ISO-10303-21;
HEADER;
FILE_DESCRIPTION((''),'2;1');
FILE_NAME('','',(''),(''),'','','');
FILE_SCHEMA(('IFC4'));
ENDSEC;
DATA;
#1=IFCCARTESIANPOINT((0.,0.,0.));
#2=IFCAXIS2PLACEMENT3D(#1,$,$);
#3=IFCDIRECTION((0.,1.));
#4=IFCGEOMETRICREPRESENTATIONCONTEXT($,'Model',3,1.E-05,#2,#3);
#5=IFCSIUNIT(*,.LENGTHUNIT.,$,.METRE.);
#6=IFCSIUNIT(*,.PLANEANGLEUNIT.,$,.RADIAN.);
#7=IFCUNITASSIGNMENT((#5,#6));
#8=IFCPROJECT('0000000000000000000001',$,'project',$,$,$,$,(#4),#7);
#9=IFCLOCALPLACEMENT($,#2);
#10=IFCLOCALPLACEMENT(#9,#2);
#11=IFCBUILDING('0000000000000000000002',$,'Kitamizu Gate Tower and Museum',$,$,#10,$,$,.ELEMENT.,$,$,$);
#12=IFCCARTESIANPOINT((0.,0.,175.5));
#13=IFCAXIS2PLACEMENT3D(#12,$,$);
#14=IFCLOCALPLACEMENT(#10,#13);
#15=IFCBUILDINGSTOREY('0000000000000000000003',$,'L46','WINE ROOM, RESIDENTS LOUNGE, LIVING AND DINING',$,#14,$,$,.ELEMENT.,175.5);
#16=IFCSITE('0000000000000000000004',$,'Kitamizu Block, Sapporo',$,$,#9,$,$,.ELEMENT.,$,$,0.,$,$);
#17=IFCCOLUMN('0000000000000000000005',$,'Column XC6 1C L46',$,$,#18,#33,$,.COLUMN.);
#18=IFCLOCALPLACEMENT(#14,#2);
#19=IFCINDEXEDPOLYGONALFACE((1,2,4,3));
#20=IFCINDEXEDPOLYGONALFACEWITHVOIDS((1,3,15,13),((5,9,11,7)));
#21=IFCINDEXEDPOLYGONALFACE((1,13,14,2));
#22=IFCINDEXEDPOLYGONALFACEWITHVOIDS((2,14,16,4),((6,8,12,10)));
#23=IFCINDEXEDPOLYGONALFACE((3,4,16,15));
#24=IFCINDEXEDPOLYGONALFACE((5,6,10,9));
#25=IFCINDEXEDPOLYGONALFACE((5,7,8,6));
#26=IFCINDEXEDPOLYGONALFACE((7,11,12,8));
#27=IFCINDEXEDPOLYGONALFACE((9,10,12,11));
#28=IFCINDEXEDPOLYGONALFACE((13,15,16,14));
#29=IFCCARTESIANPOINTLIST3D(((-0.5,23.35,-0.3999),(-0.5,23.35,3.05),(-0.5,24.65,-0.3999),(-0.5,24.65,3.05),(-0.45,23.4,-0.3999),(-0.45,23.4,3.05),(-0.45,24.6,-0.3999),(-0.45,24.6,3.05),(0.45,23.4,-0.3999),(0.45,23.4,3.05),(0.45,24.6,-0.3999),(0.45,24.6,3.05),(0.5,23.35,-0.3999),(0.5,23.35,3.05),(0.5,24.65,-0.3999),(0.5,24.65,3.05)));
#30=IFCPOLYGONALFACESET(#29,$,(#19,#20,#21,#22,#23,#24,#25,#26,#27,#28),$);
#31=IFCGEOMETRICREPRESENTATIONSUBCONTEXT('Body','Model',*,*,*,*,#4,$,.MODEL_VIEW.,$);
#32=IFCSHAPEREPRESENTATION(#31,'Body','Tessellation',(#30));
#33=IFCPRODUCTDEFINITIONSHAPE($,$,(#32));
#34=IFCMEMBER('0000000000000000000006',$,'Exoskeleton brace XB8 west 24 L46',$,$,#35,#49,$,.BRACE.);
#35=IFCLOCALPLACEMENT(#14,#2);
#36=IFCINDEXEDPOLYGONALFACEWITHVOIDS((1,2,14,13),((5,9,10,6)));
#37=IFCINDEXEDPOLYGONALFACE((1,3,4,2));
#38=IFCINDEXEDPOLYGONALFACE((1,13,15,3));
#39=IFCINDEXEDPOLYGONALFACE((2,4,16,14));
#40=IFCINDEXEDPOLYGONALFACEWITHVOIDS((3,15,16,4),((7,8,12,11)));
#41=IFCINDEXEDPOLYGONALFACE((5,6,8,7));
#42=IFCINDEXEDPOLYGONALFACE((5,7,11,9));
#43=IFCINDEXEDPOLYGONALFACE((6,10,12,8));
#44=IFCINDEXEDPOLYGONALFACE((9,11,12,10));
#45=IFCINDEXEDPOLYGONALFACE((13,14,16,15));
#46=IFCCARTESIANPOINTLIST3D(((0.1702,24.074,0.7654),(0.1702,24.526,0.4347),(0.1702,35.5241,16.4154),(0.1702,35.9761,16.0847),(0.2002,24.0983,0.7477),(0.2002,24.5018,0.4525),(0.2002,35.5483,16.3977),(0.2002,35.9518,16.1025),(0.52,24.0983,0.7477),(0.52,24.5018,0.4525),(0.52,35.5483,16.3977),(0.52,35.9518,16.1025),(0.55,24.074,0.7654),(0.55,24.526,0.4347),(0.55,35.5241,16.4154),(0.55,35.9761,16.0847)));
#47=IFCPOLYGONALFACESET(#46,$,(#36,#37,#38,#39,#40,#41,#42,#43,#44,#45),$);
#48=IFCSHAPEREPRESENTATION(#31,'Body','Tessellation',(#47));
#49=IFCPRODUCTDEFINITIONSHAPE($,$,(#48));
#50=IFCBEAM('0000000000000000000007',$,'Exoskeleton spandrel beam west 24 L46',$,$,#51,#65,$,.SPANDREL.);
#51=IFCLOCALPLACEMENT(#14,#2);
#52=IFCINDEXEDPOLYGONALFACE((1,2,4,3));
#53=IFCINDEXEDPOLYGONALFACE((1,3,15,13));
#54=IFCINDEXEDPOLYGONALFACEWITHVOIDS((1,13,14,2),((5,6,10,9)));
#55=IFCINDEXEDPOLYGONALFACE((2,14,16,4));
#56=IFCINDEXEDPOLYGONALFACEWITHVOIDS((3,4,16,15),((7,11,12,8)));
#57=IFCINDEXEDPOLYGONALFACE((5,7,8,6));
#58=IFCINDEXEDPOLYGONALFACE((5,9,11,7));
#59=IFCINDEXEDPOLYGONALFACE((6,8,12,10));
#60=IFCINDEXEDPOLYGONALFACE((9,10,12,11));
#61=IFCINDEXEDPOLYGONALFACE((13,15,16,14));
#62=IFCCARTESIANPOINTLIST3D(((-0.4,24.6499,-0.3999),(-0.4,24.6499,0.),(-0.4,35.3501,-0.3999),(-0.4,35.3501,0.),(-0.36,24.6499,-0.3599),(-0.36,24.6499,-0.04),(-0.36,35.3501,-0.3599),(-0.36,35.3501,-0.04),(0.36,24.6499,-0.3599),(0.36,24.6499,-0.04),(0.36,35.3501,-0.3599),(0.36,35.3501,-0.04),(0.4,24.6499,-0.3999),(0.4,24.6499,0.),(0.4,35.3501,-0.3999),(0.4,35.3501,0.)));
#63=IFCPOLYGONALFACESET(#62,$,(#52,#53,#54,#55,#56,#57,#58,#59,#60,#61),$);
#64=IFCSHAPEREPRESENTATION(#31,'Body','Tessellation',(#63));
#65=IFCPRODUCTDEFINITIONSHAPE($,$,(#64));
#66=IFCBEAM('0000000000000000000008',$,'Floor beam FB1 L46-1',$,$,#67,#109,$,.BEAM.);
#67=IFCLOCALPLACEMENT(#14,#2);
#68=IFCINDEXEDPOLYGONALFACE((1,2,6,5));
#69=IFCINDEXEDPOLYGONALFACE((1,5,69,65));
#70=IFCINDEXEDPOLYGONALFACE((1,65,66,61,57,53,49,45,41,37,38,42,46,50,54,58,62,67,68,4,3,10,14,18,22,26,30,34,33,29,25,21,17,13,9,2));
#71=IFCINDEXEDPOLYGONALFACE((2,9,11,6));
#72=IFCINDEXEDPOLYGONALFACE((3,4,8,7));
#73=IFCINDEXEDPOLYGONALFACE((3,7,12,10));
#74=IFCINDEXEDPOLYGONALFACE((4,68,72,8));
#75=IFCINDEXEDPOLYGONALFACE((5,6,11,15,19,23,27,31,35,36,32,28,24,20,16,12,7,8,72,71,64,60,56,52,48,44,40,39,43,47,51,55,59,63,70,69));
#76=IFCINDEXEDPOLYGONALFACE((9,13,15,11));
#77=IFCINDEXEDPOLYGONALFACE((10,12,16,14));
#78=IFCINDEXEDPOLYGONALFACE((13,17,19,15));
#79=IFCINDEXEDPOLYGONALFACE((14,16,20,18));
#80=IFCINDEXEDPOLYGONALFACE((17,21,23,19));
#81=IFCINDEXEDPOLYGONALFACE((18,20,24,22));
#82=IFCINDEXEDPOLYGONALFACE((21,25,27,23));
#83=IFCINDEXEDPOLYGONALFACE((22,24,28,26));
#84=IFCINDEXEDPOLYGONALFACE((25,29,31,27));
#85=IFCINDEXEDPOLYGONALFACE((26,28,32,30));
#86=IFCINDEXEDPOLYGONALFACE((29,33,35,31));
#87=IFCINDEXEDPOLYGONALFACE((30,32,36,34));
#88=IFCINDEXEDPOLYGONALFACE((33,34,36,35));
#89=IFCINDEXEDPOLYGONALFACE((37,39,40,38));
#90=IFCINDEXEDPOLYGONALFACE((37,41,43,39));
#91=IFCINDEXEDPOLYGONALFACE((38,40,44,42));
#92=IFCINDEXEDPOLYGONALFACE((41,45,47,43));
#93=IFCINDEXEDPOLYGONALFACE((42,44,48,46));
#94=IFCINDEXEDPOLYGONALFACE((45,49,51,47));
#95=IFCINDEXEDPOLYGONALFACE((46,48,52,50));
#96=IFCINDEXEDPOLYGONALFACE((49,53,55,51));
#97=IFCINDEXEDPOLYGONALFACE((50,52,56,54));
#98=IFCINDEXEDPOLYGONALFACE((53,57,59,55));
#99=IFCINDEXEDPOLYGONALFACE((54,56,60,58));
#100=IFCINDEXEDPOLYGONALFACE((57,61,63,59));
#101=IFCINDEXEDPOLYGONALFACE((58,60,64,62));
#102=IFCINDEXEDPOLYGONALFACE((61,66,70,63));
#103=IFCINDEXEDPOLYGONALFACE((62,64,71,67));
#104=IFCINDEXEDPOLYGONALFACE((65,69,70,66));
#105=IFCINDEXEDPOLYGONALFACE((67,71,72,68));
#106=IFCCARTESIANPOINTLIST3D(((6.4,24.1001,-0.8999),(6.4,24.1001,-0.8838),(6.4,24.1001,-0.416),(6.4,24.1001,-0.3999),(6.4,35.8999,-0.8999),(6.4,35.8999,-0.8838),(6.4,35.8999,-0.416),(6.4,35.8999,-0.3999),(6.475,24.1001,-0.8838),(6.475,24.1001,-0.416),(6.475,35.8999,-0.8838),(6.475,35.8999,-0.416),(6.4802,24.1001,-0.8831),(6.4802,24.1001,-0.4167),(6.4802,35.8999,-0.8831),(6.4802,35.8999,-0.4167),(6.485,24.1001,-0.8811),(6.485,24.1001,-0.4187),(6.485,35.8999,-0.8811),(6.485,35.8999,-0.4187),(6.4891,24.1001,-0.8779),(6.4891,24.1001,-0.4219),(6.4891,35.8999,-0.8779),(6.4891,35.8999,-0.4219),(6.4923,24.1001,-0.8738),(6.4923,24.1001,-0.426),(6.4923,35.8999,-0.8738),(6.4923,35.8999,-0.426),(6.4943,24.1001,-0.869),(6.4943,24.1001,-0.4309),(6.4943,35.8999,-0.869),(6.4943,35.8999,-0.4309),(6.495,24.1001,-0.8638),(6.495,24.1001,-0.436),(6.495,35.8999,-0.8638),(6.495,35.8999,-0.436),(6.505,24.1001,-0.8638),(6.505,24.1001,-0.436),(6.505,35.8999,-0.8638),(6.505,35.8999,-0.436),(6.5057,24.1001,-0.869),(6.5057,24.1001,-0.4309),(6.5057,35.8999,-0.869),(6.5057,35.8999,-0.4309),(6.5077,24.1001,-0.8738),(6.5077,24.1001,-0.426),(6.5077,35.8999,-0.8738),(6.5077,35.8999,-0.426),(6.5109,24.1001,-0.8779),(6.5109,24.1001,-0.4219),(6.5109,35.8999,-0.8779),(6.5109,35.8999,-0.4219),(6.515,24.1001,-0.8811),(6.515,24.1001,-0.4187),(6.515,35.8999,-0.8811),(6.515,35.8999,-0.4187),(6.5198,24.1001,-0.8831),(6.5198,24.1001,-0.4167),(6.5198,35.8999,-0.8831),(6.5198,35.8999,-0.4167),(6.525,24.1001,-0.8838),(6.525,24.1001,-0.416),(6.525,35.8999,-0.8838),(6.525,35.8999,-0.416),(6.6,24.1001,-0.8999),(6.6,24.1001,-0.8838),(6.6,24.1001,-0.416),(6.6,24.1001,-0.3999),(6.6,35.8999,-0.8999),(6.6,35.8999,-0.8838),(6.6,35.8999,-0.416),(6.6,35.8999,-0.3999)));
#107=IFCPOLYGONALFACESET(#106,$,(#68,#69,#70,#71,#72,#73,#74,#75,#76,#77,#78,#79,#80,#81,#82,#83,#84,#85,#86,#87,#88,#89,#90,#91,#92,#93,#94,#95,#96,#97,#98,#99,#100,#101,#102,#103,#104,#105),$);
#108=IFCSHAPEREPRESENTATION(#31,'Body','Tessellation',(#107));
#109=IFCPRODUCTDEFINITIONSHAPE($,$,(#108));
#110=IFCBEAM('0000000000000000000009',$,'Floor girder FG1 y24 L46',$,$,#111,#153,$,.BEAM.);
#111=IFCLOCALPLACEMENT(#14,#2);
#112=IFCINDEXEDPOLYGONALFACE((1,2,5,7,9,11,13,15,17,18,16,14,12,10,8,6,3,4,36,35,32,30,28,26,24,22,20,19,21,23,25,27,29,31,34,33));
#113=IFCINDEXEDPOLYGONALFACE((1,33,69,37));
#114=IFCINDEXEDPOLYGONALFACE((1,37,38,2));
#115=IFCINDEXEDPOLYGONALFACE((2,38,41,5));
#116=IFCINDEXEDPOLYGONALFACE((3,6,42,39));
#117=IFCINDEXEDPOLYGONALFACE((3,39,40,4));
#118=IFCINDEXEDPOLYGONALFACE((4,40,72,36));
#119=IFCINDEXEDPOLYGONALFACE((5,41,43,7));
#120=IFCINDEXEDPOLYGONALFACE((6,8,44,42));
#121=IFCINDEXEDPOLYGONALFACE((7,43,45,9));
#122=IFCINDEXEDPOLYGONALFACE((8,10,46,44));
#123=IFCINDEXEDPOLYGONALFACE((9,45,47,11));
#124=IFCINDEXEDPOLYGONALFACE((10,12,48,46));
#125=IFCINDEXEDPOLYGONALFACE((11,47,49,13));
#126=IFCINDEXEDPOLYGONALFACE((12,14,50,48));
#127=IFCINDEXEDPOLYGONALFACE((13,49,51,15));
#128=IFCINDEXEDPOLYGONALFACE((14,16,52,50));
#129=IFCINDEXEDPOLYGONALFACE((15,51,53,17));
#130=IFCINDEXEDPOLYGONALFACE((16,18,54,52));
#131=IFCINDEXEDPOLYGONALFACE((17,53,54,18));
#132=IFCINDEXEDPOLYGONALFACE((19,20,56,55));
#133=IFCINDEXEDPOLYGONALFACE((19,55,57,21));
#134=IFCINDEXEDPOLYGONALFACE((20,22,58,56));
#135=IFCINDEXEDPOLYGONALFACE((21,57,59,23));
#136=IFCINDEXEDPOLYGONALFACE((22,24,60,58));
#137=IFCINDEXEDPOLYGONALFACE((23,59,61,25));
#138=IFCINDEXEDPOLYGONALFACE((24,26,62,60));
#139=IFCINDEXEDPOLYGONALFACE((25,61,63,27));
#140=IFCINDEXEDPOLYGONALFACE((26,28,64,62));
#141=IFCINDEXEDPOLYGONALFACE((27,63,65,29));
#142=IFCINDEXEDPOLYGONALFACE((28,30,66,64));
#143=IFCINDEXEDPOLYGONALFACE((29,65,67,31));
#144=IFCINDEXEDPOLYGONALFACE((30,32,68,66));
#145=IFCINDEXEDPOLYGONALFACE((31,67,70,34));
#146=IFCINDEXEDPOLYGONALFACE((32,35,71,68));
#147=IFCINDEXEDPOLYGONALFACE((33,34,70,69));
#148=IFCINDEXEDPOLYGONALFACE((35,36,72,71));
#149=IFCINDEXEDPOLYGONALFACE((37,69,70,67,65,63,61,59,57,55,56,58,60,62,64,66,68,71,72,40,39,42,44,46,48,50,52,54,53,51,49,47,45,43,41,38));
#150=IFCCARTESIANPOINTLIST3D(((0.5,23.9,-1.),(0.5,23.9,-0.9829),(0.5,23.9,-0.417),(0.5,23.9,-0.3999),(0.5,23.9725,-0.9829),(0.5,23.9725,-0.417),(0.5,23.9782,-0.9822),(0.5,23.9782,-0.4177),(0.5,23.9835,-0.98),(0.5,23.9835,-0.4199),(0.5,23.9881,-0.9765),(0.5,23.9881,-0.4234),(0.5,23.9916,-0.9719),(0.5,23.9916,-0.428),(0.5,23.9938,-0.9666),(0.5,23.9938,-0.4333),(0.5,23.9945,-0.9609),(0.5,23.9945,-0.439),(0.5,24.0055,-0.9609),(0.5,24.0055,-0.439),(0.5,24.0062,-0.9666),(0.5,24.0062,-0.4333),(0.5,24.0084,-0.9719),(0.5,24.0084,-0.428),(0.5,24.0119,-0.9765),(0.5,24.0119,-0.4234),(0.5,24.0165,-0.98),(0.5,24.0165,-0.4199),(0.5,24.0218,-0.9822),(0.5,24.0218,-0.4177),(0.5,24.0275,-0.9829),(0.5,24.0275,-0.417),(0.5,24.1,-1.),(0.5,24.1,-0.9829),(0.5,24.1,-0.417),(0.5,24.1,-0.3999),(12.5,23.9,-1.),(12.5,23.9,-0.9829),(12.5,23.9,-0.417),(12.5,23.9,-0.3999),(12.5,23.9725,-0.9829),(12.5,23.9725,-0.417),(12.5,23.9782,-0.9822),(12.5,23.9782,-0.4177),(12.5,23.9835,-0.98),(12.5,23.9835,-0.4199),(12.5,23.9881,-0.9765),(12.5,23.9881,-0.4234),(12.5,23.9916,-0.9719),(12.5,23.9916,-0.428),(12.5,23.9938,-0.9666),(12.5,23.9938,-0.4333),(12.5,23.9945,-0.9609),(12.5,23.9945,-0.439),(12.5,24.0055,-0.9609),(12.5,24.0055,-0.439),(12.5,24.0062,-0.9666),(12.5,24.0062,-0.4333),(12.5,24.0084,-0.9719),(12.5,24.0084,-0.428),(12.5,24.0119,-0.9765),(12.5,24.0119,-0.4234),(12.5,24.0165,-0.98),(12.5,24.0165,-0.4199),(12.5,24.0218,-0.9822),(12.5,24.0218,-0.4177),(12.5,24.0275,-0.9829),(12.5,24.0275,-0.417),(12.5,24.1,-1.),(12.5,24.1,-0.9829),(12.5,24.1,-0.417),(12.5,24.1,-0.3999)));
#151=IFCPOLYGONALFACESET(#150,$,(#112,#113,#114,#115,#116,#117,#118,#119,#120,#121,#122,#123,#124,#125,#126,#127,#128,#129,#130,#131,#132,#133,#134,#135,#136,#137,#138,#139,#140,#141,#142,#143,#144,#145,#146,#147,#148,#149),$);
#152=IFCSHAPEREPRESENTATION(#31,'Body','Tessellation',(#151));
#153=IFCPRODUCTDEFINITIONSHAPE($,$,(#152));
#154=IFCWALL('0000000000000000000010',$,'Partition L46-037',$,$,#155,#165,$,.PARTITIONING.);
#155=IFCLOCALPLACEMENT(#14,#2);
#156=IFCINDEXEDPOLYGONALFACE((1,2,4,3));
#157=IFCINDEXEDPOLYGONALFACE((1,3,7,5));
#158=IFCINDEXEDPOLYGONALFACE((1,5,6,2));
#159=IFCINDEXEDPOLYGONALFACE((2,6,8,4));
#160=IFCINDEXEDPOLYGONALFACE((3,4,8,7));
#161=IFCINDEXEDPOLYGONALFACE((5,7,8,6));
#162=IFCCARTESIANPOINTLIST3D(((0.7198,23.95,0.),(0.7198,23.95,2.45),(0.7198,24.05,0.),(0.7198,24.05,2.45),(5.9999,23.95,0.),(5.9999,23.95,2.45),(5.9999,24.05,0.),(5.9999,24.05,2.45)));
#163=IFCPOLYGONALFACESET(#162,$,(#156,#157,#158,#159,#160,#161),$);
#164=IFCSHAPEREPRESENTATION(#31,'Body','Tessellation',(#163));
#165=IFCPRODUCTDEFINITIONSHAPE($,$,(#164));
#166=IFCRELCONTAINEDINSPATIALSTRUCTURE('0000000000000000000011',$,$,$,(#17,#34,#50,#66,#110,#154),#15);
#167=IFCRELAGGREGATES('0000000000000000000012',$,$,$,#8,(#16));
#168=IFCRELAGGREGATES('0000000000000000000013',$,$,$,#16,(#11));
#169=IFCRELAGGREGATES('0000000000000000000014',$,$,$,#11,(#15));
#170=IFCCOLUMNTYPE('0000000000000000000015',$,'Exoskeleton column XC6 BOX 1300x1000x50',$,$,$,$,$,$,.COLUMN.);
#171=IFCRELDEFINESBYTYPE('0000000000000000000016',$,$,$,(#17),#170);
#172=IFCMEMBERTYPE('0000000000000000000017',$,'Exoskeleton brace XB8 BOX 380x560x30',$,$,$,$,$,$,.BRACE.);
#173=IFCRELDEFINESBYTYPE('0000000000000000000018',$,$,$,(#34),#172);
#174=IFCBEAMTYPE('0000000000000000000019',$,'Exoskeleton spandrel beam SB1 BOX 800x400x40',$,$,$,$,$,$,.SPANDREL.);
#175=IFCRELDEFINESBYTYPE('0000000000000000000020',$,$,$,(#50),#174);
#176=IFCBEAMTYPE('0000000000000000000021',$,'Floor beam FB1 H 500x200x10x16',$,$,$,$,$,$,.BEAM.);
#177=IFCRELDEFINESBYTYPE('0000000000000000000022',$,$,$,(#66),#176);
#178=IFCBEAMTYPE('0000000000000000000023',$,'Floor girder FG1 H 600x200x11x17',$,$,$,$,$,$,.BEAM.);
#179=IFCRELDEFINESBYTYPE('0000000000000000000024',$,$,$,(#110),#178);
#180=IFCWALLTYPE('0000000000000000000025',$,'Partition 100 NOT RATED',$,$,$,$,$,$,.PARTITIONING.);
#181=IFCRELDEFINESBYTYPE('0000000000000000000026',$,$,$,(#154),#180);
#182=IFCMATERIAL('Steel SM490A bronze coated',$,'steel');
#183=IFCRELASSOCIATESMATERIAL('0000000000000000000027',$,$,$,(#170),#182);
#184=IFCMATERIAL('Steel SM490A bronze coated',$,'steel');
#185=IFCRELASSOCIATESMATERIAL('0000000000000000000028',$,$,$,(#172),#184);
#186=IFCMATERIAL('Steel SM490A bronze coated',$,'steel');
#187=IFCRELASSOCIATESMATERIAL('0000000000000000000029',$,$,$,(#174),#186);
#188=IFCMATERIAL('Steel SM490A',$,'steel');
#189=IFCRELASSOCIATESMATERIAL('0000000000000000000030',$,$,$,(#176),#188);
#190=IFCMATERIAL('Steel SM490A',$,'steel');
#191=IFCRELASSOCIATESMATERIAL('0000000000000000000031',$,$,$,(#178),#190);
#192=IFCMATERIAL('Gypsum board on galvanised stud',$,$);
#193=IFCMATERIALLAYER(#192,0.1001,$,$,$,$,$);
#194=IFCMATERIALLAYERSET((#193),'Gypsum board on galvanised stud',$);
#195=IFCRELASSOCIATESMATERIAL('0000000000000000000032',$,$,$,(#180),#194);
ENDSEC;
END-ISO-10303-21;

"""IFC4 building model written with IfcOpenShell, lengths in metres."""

from ifc_helpers import new_model, si_unit, direction, frame, frame_2d, origin, origin_2d, place, context, subcontext, project, spatial, rectangle, hollow_rectangle, i_section, extrude, material, layer, layer_set, material_profile, profile_set, type_object, element, save


model = new_model("IFC4")

# Units and contexts
model_context = context("Model", 3, precision=1e-05, world=origin(), true_north=direction((0.0, 1.0)))
body_context = subcontext(model_context, "Body", "Model", "MODEL_VIEW")
ifc_project = project(units=[si_unit("LENGTHUNIT", "METRE"), si_unit("PLANEANGLEUNIT", "RADIAN")], contexts=[model_context])

# Site, building, storey
site_placement = place(None, origin())
site = spatial("IfcSite", under=ifc_project, at=site_placement, Name="Kitamizu Block, Sapporo", CompositionType="ELEMENT", RefElevation=0.0)
building_placement = place(site_placement, origin())
building = spatial("IfcBuilding", under=site, at=building_placement, Name="Kitamizu Gate Tower and Museum", CompositionType="ELEMENT")
storey_placement = place(building_placement, frame((0.0, 0.0, 175.5)))
storey = spatial("IfcBuildingStorey", under=building, at=storey_placement, Name="L46", Description="WINE ROOM, RESIDENTS LOUNGE, LIVING AND DINING", CompositionType="ELEMENT", Elevation=175.5)

# Column
ifc_material_1 = material(Name="Steel SM490A bronze coated", Category="steel")
ifc_material_profile_1 = material_profile(ifc_material_1, hollow_rectangle(XDim=1.3, YDim=1.0, WallThickness=0.05, at=origin_2d()), Name="BOX 1300x1000x50")
ifc_profile_set_1 = profile_set([ifc_material_profile_1], Name="Steel SM490A bronze coated")
column_type = type_object("IfcColumnType", Name="Exoskeleton column XC6 BOX 1300x1000x50", PredefinedType="COLUMN", material=ifc_profile_set_1)
column_placement = place(storey_placement, frame((0.0, 24.0, -0.3999), z_axis=(0.0, 0.0, 1.0), x_axis=(0.0, 1.0, 0.0)))
element("IfcColumn", 1, at=column_placement, inside=storey, type_object=column_type, Name="Column XC6 1C L46", PredefinedType="COLUMN", context=body_context, shape_type="SweptSolid", body=[
    extrude(hollow_rectangle(XDim=1.3, YDim=1.0, WallThickness=0.05, at=origin_2d()), origin(), (0.0, 0.0, 1.0), 3.45),
])

# Member
ifc_material_2 = material(Name="Steel SM490A bronze coated", Category="steel")
ifc_material_profile_2 = material_profile(ifc_material_2, hollow_rectangle(XDim=0.3799, YDim=0.5601, WallThickness=0.03, at=origin_2d()), Name="BOX 380x560x30")
ifc_profile_set_2 = profile_set([ifc_material_profile_2], Name="Steel SM490A bronze coated")
member_type = type_object("IfcMemberType", Name="Exoskeleton brace XB8 BOX 380x560x30", PredefinedType="BRACE", material=ifc_profile_set_2)
member_placement = place(storey_placement, frame((0.3601, 24.3, 0.6001), z_axis=(0.0, 0.59047, 0.80706), x_axis=(-1.0, 0.0, 0.0)))
element("IfcMember", 2, at=member_placement, inside=storey, type_object=member_type, Name="Exoskeleton brace XB8 west 24 L46", PredefinedType="BRACE", context=body_context, shape_type="SweptSolid", body=[
    extrude(hollow_rectangle(XDim=0.3799, YDim=0.5601, WallThickness=0.03, at=origin_2d()), origin(), (0.0, 0.0, 1.0), 19.3914),
])

# Beams
ifc_material_3 = material(Name="Steel SM490A bronze coated", Category="steel")
ifc_material_profile_3 = material_profile(ifc_material_3, hollow_rectangle(XDim=0.8, YDim=0.3999, WallThickness=0.04, at=origin_2d()), Name="BOX 800x400x40")
ifc_profile_set_3 = profile_set([ifc_material_profile_3], Name="Steel SM490A bronze coated")
beam_type_1 = type_object("IfcBeamType", Name="Exoskeleton spandrel beam SB1 BOX 800x400x40", PredefinedType="SPANDREL", material=ifc_profile_set_3)
beam_1_placement = place(storey_placement, frame((0.0, 24.6499, -0.2), z_axis=(0.0, 1.0, 0.0), x_axis=(-1.0, 0.0, 0.0)))
element("IfcBeam", 3, at=beam_1_placement, inside=storey, type_object=beam_type_1, Name="Exoskeleton spandrel beam west 24 L46", PredefinedType="SPANDREL", context=body_context, shape_type="SweptSolid", body=[
    extrude(hollow_rectangle(XDim=0.8, YDim=0.3999, WallThickness=0.04, at=origin_2d()), origin(), (0.0, 0.0, 1.0), 10.7002),
])
ifc_material_4 = material(Name="Steel SM490A", Category="steel")
ifc_material_profile_4 = material_profile(ifc_material_4, i_section(OverallWidth=0.2, OverallDepth=0.5, WebThickness=0.01, FlangeThickness=0.0161, FilletRadius=0.02, at=origin_2d()), Name="H-500x200x10x16")
ifc_profile_set_4 = profile_set([ifc_material_profile_4], Name="Steel SM490A")
beam_type_2 = type_object("IfcBeamType", Name="Floor beam FB1 H 500x200x10x16", PredefinedType="BEAM", material=ifc_profile_set_4)
beam_2_placement = place(storey_placement, frame((6.5, 24.1001, -0.6499), z_axis=(0.0, 1.0, 0.0), x_axis=(-1.0, 0.0, 0.0)))
element("IfcBeam", 4, at=beam_2_placement, inside=storey, type_object=beam_type_2, Name="Floor beam FB1 L46-1", PredefinedType="BEAM", context=body_context, shape_type="SweptSolid", body=[
    extrude(i_section(OverallWidth=0.2, OverallDepth=0.5, WebThickness=0.01, FlangeThickness=0.0161, FilletRadius=0.02, at=origin_2d()), origin(), (0.0, 0.0, 1.0), 11.7998),
])
ifc_material_5 = material(Name="Steel SM490A", Category="steel")
ifc_material_profile_5 = material_profile(ifc_material_5, i_section(OverallWidth=0.2, OverallDepth=0.6001, WebThickness=0.011, FlangeThickness=0.0171, FilletRadius=0.022, at=origin_2d()), Name="H-600x200x11x17")
ifc_profile_set_5 = profile_set([ifc_material_profile_5], Name="Steel SM490A")
beam_type_3 = type_object("IfcBeamType", Name="Floor girder FG1 H 600x200x11x17", PredefinedType="BEAM", material=ifc_profile_set_5)
beam_3_placement = place(storey_placement, frame((0.5, 24.0, -0.7), z_axis=(1.0, 0.0, 0.0), x_axis=(0.0, 1.0, 0.0)))
element("IfcBeam", 5, at=beam_3_placement, inside=storey, type_object=beam_type_3, Name="Floor girder FG1 y24 L46", PredefinedType="BEAM", context=body_context, shape_type="SweptSolid", body=[
    extrude(i_section(OverallWidth=0.2, OverallDepth=0.6001, WebThickness=0.011, FlangeThickness=0.0171, FilletRadius=0.022, at=origin_2d()), origin(), (0.0, 0.0, 1.0), 12.0),
])

# Wall
ifc_material_6 = material(Name="Gypsum board on galvanised stud")
ifc_layer_1 = layer(ifc_material_6, 0.1001)
ifc_layer_set_1 = layer_set([ifc_layer_1], Name="Gypsum board on galvanised stud")
wall_type_1 = type_object("IfcWallType", Name="Partition 100 NOT RATED", PredefinedType="PARTITIONING", material=ifc_layer_set_1)
wall_1_placement = place(storey_placement, frame((6.0, 24.0, 0.0), z_axis=(0.0, 0.0, 1.0), x_axis=(-1.0, 0.0, 0.0)))
element("IfcWall", 6, at=wall_1_placement, inside=storey, type_object=wall_type_1, Name="Partition L46-037", PredefinedType="PARTITIONING", context=body_context, shape_type="SweptSolid", body=[
    extrude(rectangle(XDim=5.28, YDim=0.1001, at=frame_2d((2.6401, 0.0))), origin(), (0.0, 0.0, 1.0), 2.45),
])

save(model, "model.ifc")
